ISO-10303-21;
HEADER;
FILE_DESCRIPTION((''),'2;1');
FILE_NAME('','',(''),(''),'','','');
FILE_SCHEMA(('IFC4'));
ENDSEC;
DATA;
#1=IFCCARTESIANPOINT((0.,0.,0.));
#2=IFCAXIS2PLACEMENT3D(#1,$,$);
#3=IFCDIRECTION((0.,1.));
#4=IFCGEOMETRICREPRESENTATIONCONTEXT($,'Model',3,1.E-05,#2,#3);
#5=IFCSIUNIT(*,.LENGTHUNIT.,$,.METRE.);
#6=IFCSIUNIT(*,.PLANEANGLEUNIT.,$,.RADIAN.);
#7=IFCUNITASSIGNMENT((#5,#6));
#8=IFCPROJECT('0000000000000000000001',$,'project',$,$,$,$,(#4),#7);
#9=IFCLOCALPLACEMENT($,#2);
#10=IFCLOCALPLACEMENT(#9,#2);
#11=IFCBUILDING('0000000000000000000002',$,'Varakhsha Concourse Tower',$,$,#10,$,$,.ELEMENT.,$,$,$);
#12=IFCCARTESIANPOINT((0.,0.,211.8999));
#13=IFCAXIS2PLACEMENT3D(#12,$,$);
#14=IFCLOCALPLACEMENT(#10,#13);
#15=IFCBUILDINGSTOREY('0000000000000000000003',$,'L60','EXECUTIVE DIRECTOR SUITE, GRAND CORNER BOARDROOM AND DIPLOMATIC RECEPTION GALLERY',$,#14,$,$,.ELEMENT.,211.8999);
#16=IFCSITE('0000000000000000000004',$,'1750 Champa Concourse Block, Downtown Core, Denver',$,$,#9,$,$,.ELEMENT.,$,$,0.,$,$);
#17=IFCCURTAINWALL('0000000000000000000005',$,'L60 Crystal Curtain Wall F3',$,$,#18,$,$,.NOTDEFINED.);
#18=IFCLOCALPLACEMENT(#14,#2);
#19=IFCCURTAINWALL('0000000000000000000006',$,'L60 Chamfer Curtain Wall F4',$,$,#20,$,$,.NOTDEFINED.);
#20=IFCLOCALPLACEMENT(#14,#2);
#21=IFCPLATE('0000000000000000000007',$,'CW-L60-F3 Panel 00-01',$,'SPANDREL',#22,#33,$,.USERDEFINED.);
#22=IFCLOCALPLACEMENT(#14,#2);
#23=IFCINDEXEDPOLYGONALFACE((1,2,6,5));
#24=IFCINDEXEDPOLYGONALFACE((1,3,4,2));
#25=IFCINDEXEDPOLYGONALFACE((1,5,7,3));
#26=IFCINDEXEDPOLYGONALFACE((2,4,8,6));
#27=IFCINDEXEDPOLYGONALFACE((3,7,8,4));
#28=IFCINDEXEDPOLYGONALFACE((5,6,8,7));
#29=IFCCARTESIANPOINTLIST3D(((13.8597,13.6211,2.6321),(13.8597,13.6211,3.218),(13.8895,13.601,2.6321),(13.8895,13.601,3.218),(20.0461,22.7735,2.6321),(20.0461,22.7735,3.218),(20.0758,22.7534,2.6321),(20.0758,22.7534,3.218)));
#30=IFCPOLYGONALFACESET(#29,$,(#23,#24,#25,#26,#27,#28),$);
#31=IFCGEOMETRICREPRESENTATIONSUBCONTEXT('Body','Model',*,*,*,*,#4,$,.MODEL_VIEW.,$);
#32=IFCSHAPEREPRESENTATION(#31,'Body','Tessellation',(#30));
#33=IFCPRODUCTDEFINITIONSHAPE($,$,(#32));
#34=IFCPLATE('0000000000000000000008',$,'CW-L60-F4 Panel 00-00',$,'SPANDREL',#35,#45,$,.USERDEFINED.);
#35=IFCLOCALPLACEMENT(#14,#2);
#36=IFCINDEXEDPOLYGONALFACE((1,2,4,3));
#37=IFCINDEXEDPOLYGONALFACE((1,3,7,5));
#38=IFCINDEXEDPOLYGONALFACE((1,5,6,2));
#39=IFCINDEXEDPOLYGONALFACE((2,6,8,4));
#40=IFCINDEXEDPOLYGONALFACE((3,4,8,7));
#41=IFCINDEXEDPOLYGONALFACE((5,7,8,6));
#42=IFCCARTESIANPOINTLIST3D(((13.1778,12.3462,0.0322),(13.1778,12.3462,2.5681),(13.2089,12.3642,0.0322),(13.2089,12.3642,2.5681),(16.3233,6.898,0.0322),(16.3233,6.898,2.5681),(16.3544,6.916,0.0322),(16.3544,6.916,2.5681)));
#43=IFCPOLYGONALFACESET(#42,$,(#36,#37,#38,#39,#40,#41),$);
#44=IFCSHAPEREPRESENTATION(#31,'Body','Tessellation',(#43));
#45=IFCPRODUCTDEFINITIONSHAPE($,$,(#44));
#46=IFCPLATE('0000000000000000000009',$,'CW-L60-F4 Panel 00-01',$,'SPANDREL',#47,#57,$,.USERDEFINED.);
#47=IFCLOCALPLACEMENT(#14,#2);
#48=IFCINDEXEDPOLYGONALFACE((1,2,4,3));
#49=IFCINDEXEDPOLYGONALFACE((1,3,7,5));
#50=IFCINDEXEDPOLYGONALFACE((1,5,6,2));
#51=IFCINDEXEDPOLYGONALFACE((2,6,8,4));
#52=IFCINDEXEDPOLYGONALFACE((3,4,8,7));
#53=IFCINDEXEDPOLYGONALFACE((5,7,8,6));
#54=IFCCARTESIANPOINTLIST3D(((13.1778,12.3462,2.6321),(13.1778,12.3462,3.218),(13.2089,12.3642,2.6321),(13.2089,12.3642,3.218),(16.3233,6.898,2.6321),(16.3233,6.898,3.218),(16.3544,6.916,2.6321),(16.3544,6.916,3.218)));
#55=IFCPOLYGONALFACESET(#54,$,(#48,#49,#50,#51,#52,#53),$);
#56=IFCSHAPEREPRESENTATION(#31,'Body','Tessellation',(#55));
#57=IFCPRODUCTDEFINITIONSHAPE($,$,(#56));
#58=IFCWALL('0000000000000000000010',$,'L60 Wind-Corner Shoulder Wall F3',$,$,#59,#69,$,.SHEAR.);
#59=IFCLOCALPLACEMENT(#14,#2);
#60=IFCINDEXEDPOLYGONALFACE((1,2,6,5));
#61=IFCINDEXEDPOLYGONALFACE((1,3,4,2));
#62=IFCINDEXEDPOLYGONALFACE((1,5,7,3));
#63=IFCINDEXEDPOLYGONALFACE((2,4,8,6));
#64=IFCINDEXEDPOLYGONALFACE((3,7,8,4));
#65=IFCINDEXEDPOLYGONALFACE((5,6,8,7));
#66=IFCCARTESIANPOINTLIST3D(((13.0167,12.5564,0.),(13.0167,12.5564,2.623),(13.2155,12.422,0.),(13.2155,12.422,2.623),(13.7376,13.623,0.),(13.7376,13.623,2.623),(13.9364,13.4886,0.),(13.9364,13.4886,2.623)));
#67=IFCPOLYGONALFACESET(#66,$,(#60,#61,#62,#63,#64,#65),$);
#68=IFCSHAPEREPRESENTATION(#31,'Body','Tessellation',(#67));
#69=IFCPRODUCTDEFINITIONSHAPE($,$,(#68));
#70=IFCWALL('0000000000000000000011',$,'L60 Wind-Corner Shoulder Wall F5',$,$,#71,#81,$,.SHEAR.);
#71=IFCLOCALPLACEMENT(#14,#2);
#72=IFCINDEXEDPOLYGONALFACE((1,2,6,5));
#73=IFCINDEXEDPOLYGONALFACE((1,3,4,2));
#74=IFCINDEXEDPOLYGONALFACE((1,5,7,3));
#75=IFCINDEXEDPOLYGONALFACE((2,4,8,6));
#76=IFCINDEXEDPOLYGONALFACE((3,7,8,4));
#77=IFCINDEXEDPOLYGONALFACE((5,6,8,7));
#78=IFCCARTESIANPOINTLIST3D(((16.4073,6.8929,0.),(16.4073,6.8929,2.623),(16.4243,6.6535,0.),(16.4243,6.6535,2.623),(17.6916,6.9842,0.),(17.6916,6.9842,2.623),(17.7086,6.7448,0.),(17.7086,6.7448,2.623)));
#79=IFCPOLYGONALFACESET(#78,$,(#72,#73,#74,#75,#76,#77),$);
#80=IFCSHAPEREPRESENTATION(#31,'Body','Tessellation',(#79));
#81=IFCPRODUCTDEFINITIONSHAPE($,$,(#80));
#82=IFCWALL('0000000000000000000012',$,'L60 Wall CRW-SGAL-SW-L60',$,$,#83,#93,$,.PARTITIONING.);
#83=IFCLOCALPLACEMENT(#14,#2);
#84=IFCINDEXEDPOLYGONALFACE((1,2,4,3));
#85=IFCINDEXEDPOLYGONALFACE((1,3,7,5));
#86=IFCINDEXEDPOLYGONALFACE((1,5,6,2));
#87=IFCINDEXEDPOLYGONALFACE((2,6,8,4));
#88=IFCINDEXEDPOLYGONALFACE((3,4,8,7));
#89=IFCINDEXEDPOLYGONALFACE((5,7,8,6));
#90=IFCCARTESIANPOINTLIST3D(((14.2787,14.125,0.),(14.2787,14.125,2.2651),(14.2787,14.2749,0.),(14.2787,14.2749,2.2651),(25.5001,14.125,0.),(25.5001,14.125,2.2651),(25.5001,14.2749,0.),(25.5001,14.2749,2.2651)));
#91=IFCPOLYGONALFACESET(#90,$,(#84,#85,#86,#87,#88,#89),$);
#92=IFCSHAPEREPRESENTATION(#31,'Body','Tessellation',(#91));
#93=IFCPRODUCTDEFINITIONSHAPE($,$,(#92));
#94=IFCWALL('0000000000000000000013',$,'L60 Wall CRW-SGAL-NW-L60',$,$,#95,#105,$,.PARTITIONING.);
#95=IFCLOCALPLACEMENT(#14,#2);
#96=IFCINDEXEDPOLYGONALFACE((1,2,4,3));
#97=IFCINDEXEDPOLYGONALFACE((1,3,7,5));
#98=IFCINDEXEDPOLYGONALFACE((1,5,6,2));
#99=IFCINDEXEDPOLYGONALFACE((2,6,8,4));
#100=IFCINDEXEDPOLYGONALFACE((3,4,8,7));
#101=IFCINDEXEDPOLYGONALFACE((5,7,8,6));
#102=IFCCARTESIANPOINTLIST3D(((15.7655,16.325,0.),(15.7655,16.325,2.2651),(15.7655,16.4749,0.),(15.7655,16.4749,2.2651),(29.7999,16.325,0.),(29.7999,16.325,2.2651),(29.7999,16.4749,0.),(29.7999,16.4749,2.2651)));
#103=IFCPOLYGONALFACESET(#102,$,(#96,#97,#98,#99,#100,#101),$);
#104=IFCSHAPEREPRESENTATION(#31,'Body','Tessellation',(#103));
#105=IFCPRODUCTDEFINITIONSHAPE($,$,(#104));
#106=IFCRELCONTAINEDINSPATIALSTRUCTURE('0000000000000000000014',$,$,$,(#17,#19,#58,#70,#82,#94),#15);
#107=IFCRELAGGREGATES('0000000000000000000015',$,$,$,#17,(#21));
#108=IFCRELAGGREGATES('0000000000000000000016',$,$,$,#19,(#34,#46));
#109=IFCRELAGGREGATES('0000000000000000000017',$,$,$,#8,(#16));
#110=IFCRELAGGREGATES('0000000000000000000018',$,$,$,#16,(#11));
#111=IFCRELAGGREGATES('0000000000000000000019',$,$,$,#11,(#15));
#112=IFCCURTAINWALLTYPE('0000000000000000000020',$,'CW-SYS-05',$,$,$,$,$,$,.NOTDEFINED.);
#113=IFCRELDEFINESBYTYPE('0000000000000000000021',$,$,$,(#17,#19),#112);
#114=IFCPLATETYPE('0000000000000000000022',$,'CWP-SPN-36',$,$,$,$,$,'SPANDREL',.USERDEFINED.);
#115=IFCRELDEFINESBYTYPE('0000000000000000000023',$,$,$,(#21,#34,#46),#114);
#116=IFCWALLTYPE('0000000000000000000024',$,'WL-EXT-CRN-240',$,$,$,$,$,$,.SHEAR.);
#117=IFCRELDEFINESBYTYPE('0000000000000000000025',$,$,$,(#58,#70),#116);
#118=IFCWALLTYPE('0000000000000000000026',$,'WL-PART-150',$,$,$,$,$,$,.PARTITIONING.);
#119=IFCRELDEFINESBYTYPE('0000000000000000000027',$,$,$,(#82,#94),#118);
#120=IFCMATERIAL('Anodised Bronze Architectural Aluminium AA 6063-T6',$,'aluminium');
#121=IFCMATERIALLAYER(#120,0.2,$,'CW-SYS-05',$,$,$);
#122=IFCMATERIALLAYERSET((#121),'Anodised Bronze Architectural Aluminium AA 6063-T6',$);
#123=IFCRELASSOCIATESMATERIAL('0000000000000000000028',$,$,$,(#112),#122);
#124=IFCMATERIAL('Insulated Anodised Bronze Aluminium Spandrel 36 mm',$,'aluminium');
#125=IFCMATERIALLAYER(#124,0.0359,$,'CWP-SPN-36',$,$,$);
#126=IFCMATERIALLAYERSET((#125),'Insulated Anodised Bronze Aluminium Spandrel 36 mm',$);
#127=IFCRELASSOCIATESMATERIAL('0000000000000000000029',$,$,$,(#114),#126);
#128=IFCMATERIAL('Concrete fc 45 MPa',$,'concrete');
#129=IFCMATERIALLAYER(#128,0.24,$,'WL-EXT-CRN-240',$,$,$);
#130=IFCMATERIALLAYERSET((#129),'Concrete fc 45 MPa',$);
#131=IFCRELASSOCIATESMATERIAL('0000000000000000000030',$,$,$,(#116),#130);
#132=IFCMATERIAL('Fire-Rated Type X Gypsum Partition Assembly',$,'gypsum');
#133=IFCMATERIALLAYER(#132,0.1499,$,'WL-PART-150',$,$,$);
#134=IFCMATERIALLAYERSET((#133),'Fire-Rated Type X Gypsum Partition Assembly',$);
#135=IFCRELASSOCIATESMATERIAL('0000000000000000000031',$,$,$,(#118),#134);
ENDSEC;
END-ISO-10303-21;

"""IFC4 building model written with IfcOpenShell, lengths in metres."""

from ifc_helpers import new_model, si_unit, direction, frame, frame_2d, origin, origin_2d, place, context, subcontext, project, spatial, rectangle, extrude, source, transform, mapped, material, layer, layer_set, type_object, type_shapes, element, aggregate, save


model = new_model("IFC4")

# Units and contexts
model_context = context("Model", 3, precision=1e-05, world=origin(), true_north=direction((0.0, 1.0)))
body_context = subcontext(model_context, "Body", "Model", "MODEL_VIEW")
ifc_project = project(units=[si_unit("LENGTHUNIT", "METRE"), si_unit("PLANEANGLEUNIT", "RADIAN")], contexts=[model_context])

# Site, building, storey
site_placement = place(None, origin())
site = spatial("IfcSite", under=ifc_project, at=site_placement, Name="1750 Champa Concourse Block, Downtown Core, Denver", CompositionType="ELEMENT", RefElevation=0.0)
building_placement = place(site_placement, origin())
building = spatial("IfcBuilding", under=site, at=building_placement, Name="Varakhsha Concourse Tower", CompositionType="ELEMENT")
storey_placement = place(building_placement, frame((0.0, 0.0, 211.8999)))
storey = spatial("IfcBuildingStorey", under=building, at=storey_placement, Name="L60", Description="EXECUTIVE DIRECTOR SUITE, GRAND CORNER BOARDROOM AND DIPLOMATIC RECEPTION GALLERY", CompositionType="ELEMENT", Elevation=211.8999)

# Curtain wall
ifc_material_1 = material(Name="Anodised Bronze Architectural Aluminium AA 6063-T6", Category="aluminium")
ifc_layer_1 = layer(ifc_material_1, 0.2, Name="CW-SYS-05")
ifc_layer_set_1 = layer_set([ifc_layer_1], Name="Anodised Bronze Architectural Aluminium AA 6063-T6")
curtain_wall_type = type_object("IfcCurtainWallType", Name="CW-SYS-05", PredefinedType="NOTDEFINED", material=ifc_layer_set_1)
curtain_wall_1_placement = place(storey_placement, origin())
curtain_wall_1 = element("IfcCurtainWall", 1, at=curtain_wall_1_placement, inside=storey, type_object=curtain_wall_type, Name="L60 Crystal Curtain Wall F3", PredefinedType="NOTDEFINED")

# Curtain wall
curtain_wall_2_placement = place(storey_placement, origin())
curtain_wall_2 = element("IfcCurtainWall", 2, at=curtain_wall_2_placement, inside=storey, type_object=curtain_wall_type, Name="L60 Chamfer Curtain Wall F4", PredefinedType="NOTDEFINED")

# Shared definitions
ifc_material_2 = material(Name="Concrete fc 45 MPa", Category="concrete")

# Plates
ifc_material_3 = material(Name="Insulated Anodised Bronze Aluminium Spandrel 36 mm", Category="aluminium")
ifc_layer_2 = layer(ifc_material_3, 0.0359, Name="CWP-SPN-36")
ifc_layer_set_2 = layer_set([ifc_layer_2], Name="Insulated Anodised Bronze Aluminium Spandrel 36 mm")
plate_type_1 = type_object("IfcPlateType", Name="CWP-SPN-36", ElementType="SPANDREL", PredefinedType="USERDEFINED", material=ifc_layer_set_2)
shared_shape_1 = source(origin(), body_context, "Body", "SweptSolid", [
    extrude(rectangle(XDim=11.0471, YDim=0.0359, at=origin_2d()), origin(), (0.0, 0.0, 1.0), 0.5859),
])
plate_1_placement = place(storey_placement, frame((16.9678, 18.1873, 2.6321), z_axis=(0.0, 0.0, 1.0), x_axis=(0.559999, 0.828494, 0.0)))
plate_1 = element("IfcPlate", 3, at=plate_1_placement, type_object=plate_type_1, Name="CW-L60-F3 Panel 00-01", ObjectType="SPANDREL", PredefinedType="USERDEFINED", context=body_context, shape_type="MappedRepresentation", body=[
    mapped(shared_shape_1, transform((0.0, 0.0, 0.0), scale=1.0)),
])
aggregate(curtain_wall_1, [plate_1])
shared_shape_2 = source(origin(), body_context, "Body", "SweptSolid", [
    extrude(rectangle(XDim=6.291, YDim=0.0359, at=origin_2d()), origin(), (0.0, 0.0, 1.0), 2.5359),
])
plate_2_placement = place(storey_placement, frame((14.7661, 9.6311, 0.0322), z_axis=(0.0, 0.0, 1.0), x_axis=(-0.499994, 0.866029, 0.0)))
plate_2 = element("IfcPlate", 4, at=plate_2_placement, type_object=plate_type_1, Name="CW-L60-F4 Panel 00-00", ObjectType="SPANDREL", PredefinedType="USERDEFINED", context=body_context, shape_type="MappedRepresentation", body=[
    mapped(shared_shape_2, transform((0.0, 0.0, 0.0), scale=1.0)),
])
shared_shape_3 = source(origin(), body_context, "Body", "SweptSolid", [
    extrude(rectangle(XDim=6.291, YDim=0.0359, at=origin_2d()), origin(), (0.0, 0.0, 1.0), 0.5859),
])
type_shapes(plate_type_1, [shared_shape_1, shared_shape_2, shared_shape_3])
plate_3_placement = place(storey_placement, frame((14.7661, 9.6311, 2.6321), z_axis=(0.0, 0.0, 1.0), x_axis=(-0.499994, 0.866029, 0.0)))
plate_3 = element("IfcPlate", 5, at=plate_3_placement, type_object=plate_type_1, Name="CW-L60-F4 Panel 00-01", ObjectType="SPANDREL", PredefinedType="USERDEFINED", context=body_context, shape_type="MappedRepresentation", body=[
    mapped(shared_shape_3, transform((0.0, 0.0, 0.0), scale=1.0)),
])
aggregate(curtain_wall_2, [plate_2, plate_3])

# Walls
ifc_layer_3 = layer(ifc_material_2, 0.24, Name="WL-EXT-CRN-240")
ifc_layer_set_3 = layer_set([ifc_layer_3], Name="Concrete fc 45 MPa")
wall_type_1 = type_object("IfcWallType", Name="WL-EXT-CRN-240", PredefinedType="SHEAR", material=ifc_layer_set_3)
wall_1_placement = place(storey_placement, frame((13.8369, 13.5557, 0.0), z_axis=(0.0, 0.0, 1.0), x_axis=(-0.559984, -0.828503, 0.0)))
element("IfcWall", 6, at=wall_1_placement, inside=storey, type_object=wall_type_1, Name="L60 Wind-Corner Shoulder Wall F3", PredefinedType="SHEAR", context=body_context, shape_type="SweptSolid", body=[
    extrude(rectangle(XDim=1.2874, YDim=0.24, at=frame_2d((0.6436, 0.0))), origin(), (0.0, 0.0, 1.0), 2.623),
])
wall_2_placement = place(storey_placement, frame((16.4158, 6.7732, 0.0), z_axis=(0.0, 0.0, 1.0), x_axis=(0.997483, 0.07091, 0.0)))
element("IfcWall", 7, at=wall_2_placement, inside=storey, type_object=wall_type_1, Name="L60 Wind-Corner Shoulder Wall F5", PredefinedType="SHEAR", context=body_context, shape_type="SweptSolid", body=[
    extrude(rectangle(XDim=1.2876, YDim=0.24, at=frame_2d((0.6438, 0.0))), origin(), (0.0, 0.0, 1.0), 2.623),
])
ifc_material_4 = material(Name="Fire-Rated Type X Gypsum Partition Assembly", Category="gypsum")
ifc_layer_4 = layer(ifc_material_4, 0.1499, Name="WL-PART-150")
ifc_layer_set_4 = layer_set([ifc_layer_4], Name="Fire-Rated Type X Gypsum Partition Assembly")
wall_type_2 = type_object("IfcWallType", Name="WL-PART-150", PredefinedType="PARTITIONING", material=ifc_layer_set_4)
wall_3_placement = place(storey_placement, frame((14.2786, 14.2, 0.0), z_axis=(0.0, 0.0, 1.0), x_axis=(1.0, 0.0, 0.0)))
element("IfcWall", 8, at=wall_3_placement, inside=storey, type_object=wall_type_2, Name="L60 Wall CRW-SGAL-SW-L60", PredefinedType="PARTITIONING", context=body_context, shape_type="SweptSolid", body=[
    extrude(rectangle(XDim=11.2214, YDim=0.1499, at=frame_2d((5.6108, 0.0))), origin(), (0.0, 0.0, 1.0), 2.2651),
])
wall_4_placement = place(storey_placement, frame((15.7656, 16.3999, 0.0), z_axis=(0.0, 0.0, 1.0), x_axis=(1.0, 0.0, 0.0)))
element("IfcWall", 9, at=wall_4_placement, inside=storey, type_object=wall_type_2, Name="L60 Wall CRW-SGAL-NW-L60", PredefinedType="PARTITIONING", context=body_context, shape_type="SweptSolid", body=[
    extrude(rectangle(XDim=14.0344, YDim=0.1499, at=frame_2d((7.0171, 0.0))), origin(), (0.0, 0.0, 1.0), 2.2651),
])

save(model, "model.ifc")
